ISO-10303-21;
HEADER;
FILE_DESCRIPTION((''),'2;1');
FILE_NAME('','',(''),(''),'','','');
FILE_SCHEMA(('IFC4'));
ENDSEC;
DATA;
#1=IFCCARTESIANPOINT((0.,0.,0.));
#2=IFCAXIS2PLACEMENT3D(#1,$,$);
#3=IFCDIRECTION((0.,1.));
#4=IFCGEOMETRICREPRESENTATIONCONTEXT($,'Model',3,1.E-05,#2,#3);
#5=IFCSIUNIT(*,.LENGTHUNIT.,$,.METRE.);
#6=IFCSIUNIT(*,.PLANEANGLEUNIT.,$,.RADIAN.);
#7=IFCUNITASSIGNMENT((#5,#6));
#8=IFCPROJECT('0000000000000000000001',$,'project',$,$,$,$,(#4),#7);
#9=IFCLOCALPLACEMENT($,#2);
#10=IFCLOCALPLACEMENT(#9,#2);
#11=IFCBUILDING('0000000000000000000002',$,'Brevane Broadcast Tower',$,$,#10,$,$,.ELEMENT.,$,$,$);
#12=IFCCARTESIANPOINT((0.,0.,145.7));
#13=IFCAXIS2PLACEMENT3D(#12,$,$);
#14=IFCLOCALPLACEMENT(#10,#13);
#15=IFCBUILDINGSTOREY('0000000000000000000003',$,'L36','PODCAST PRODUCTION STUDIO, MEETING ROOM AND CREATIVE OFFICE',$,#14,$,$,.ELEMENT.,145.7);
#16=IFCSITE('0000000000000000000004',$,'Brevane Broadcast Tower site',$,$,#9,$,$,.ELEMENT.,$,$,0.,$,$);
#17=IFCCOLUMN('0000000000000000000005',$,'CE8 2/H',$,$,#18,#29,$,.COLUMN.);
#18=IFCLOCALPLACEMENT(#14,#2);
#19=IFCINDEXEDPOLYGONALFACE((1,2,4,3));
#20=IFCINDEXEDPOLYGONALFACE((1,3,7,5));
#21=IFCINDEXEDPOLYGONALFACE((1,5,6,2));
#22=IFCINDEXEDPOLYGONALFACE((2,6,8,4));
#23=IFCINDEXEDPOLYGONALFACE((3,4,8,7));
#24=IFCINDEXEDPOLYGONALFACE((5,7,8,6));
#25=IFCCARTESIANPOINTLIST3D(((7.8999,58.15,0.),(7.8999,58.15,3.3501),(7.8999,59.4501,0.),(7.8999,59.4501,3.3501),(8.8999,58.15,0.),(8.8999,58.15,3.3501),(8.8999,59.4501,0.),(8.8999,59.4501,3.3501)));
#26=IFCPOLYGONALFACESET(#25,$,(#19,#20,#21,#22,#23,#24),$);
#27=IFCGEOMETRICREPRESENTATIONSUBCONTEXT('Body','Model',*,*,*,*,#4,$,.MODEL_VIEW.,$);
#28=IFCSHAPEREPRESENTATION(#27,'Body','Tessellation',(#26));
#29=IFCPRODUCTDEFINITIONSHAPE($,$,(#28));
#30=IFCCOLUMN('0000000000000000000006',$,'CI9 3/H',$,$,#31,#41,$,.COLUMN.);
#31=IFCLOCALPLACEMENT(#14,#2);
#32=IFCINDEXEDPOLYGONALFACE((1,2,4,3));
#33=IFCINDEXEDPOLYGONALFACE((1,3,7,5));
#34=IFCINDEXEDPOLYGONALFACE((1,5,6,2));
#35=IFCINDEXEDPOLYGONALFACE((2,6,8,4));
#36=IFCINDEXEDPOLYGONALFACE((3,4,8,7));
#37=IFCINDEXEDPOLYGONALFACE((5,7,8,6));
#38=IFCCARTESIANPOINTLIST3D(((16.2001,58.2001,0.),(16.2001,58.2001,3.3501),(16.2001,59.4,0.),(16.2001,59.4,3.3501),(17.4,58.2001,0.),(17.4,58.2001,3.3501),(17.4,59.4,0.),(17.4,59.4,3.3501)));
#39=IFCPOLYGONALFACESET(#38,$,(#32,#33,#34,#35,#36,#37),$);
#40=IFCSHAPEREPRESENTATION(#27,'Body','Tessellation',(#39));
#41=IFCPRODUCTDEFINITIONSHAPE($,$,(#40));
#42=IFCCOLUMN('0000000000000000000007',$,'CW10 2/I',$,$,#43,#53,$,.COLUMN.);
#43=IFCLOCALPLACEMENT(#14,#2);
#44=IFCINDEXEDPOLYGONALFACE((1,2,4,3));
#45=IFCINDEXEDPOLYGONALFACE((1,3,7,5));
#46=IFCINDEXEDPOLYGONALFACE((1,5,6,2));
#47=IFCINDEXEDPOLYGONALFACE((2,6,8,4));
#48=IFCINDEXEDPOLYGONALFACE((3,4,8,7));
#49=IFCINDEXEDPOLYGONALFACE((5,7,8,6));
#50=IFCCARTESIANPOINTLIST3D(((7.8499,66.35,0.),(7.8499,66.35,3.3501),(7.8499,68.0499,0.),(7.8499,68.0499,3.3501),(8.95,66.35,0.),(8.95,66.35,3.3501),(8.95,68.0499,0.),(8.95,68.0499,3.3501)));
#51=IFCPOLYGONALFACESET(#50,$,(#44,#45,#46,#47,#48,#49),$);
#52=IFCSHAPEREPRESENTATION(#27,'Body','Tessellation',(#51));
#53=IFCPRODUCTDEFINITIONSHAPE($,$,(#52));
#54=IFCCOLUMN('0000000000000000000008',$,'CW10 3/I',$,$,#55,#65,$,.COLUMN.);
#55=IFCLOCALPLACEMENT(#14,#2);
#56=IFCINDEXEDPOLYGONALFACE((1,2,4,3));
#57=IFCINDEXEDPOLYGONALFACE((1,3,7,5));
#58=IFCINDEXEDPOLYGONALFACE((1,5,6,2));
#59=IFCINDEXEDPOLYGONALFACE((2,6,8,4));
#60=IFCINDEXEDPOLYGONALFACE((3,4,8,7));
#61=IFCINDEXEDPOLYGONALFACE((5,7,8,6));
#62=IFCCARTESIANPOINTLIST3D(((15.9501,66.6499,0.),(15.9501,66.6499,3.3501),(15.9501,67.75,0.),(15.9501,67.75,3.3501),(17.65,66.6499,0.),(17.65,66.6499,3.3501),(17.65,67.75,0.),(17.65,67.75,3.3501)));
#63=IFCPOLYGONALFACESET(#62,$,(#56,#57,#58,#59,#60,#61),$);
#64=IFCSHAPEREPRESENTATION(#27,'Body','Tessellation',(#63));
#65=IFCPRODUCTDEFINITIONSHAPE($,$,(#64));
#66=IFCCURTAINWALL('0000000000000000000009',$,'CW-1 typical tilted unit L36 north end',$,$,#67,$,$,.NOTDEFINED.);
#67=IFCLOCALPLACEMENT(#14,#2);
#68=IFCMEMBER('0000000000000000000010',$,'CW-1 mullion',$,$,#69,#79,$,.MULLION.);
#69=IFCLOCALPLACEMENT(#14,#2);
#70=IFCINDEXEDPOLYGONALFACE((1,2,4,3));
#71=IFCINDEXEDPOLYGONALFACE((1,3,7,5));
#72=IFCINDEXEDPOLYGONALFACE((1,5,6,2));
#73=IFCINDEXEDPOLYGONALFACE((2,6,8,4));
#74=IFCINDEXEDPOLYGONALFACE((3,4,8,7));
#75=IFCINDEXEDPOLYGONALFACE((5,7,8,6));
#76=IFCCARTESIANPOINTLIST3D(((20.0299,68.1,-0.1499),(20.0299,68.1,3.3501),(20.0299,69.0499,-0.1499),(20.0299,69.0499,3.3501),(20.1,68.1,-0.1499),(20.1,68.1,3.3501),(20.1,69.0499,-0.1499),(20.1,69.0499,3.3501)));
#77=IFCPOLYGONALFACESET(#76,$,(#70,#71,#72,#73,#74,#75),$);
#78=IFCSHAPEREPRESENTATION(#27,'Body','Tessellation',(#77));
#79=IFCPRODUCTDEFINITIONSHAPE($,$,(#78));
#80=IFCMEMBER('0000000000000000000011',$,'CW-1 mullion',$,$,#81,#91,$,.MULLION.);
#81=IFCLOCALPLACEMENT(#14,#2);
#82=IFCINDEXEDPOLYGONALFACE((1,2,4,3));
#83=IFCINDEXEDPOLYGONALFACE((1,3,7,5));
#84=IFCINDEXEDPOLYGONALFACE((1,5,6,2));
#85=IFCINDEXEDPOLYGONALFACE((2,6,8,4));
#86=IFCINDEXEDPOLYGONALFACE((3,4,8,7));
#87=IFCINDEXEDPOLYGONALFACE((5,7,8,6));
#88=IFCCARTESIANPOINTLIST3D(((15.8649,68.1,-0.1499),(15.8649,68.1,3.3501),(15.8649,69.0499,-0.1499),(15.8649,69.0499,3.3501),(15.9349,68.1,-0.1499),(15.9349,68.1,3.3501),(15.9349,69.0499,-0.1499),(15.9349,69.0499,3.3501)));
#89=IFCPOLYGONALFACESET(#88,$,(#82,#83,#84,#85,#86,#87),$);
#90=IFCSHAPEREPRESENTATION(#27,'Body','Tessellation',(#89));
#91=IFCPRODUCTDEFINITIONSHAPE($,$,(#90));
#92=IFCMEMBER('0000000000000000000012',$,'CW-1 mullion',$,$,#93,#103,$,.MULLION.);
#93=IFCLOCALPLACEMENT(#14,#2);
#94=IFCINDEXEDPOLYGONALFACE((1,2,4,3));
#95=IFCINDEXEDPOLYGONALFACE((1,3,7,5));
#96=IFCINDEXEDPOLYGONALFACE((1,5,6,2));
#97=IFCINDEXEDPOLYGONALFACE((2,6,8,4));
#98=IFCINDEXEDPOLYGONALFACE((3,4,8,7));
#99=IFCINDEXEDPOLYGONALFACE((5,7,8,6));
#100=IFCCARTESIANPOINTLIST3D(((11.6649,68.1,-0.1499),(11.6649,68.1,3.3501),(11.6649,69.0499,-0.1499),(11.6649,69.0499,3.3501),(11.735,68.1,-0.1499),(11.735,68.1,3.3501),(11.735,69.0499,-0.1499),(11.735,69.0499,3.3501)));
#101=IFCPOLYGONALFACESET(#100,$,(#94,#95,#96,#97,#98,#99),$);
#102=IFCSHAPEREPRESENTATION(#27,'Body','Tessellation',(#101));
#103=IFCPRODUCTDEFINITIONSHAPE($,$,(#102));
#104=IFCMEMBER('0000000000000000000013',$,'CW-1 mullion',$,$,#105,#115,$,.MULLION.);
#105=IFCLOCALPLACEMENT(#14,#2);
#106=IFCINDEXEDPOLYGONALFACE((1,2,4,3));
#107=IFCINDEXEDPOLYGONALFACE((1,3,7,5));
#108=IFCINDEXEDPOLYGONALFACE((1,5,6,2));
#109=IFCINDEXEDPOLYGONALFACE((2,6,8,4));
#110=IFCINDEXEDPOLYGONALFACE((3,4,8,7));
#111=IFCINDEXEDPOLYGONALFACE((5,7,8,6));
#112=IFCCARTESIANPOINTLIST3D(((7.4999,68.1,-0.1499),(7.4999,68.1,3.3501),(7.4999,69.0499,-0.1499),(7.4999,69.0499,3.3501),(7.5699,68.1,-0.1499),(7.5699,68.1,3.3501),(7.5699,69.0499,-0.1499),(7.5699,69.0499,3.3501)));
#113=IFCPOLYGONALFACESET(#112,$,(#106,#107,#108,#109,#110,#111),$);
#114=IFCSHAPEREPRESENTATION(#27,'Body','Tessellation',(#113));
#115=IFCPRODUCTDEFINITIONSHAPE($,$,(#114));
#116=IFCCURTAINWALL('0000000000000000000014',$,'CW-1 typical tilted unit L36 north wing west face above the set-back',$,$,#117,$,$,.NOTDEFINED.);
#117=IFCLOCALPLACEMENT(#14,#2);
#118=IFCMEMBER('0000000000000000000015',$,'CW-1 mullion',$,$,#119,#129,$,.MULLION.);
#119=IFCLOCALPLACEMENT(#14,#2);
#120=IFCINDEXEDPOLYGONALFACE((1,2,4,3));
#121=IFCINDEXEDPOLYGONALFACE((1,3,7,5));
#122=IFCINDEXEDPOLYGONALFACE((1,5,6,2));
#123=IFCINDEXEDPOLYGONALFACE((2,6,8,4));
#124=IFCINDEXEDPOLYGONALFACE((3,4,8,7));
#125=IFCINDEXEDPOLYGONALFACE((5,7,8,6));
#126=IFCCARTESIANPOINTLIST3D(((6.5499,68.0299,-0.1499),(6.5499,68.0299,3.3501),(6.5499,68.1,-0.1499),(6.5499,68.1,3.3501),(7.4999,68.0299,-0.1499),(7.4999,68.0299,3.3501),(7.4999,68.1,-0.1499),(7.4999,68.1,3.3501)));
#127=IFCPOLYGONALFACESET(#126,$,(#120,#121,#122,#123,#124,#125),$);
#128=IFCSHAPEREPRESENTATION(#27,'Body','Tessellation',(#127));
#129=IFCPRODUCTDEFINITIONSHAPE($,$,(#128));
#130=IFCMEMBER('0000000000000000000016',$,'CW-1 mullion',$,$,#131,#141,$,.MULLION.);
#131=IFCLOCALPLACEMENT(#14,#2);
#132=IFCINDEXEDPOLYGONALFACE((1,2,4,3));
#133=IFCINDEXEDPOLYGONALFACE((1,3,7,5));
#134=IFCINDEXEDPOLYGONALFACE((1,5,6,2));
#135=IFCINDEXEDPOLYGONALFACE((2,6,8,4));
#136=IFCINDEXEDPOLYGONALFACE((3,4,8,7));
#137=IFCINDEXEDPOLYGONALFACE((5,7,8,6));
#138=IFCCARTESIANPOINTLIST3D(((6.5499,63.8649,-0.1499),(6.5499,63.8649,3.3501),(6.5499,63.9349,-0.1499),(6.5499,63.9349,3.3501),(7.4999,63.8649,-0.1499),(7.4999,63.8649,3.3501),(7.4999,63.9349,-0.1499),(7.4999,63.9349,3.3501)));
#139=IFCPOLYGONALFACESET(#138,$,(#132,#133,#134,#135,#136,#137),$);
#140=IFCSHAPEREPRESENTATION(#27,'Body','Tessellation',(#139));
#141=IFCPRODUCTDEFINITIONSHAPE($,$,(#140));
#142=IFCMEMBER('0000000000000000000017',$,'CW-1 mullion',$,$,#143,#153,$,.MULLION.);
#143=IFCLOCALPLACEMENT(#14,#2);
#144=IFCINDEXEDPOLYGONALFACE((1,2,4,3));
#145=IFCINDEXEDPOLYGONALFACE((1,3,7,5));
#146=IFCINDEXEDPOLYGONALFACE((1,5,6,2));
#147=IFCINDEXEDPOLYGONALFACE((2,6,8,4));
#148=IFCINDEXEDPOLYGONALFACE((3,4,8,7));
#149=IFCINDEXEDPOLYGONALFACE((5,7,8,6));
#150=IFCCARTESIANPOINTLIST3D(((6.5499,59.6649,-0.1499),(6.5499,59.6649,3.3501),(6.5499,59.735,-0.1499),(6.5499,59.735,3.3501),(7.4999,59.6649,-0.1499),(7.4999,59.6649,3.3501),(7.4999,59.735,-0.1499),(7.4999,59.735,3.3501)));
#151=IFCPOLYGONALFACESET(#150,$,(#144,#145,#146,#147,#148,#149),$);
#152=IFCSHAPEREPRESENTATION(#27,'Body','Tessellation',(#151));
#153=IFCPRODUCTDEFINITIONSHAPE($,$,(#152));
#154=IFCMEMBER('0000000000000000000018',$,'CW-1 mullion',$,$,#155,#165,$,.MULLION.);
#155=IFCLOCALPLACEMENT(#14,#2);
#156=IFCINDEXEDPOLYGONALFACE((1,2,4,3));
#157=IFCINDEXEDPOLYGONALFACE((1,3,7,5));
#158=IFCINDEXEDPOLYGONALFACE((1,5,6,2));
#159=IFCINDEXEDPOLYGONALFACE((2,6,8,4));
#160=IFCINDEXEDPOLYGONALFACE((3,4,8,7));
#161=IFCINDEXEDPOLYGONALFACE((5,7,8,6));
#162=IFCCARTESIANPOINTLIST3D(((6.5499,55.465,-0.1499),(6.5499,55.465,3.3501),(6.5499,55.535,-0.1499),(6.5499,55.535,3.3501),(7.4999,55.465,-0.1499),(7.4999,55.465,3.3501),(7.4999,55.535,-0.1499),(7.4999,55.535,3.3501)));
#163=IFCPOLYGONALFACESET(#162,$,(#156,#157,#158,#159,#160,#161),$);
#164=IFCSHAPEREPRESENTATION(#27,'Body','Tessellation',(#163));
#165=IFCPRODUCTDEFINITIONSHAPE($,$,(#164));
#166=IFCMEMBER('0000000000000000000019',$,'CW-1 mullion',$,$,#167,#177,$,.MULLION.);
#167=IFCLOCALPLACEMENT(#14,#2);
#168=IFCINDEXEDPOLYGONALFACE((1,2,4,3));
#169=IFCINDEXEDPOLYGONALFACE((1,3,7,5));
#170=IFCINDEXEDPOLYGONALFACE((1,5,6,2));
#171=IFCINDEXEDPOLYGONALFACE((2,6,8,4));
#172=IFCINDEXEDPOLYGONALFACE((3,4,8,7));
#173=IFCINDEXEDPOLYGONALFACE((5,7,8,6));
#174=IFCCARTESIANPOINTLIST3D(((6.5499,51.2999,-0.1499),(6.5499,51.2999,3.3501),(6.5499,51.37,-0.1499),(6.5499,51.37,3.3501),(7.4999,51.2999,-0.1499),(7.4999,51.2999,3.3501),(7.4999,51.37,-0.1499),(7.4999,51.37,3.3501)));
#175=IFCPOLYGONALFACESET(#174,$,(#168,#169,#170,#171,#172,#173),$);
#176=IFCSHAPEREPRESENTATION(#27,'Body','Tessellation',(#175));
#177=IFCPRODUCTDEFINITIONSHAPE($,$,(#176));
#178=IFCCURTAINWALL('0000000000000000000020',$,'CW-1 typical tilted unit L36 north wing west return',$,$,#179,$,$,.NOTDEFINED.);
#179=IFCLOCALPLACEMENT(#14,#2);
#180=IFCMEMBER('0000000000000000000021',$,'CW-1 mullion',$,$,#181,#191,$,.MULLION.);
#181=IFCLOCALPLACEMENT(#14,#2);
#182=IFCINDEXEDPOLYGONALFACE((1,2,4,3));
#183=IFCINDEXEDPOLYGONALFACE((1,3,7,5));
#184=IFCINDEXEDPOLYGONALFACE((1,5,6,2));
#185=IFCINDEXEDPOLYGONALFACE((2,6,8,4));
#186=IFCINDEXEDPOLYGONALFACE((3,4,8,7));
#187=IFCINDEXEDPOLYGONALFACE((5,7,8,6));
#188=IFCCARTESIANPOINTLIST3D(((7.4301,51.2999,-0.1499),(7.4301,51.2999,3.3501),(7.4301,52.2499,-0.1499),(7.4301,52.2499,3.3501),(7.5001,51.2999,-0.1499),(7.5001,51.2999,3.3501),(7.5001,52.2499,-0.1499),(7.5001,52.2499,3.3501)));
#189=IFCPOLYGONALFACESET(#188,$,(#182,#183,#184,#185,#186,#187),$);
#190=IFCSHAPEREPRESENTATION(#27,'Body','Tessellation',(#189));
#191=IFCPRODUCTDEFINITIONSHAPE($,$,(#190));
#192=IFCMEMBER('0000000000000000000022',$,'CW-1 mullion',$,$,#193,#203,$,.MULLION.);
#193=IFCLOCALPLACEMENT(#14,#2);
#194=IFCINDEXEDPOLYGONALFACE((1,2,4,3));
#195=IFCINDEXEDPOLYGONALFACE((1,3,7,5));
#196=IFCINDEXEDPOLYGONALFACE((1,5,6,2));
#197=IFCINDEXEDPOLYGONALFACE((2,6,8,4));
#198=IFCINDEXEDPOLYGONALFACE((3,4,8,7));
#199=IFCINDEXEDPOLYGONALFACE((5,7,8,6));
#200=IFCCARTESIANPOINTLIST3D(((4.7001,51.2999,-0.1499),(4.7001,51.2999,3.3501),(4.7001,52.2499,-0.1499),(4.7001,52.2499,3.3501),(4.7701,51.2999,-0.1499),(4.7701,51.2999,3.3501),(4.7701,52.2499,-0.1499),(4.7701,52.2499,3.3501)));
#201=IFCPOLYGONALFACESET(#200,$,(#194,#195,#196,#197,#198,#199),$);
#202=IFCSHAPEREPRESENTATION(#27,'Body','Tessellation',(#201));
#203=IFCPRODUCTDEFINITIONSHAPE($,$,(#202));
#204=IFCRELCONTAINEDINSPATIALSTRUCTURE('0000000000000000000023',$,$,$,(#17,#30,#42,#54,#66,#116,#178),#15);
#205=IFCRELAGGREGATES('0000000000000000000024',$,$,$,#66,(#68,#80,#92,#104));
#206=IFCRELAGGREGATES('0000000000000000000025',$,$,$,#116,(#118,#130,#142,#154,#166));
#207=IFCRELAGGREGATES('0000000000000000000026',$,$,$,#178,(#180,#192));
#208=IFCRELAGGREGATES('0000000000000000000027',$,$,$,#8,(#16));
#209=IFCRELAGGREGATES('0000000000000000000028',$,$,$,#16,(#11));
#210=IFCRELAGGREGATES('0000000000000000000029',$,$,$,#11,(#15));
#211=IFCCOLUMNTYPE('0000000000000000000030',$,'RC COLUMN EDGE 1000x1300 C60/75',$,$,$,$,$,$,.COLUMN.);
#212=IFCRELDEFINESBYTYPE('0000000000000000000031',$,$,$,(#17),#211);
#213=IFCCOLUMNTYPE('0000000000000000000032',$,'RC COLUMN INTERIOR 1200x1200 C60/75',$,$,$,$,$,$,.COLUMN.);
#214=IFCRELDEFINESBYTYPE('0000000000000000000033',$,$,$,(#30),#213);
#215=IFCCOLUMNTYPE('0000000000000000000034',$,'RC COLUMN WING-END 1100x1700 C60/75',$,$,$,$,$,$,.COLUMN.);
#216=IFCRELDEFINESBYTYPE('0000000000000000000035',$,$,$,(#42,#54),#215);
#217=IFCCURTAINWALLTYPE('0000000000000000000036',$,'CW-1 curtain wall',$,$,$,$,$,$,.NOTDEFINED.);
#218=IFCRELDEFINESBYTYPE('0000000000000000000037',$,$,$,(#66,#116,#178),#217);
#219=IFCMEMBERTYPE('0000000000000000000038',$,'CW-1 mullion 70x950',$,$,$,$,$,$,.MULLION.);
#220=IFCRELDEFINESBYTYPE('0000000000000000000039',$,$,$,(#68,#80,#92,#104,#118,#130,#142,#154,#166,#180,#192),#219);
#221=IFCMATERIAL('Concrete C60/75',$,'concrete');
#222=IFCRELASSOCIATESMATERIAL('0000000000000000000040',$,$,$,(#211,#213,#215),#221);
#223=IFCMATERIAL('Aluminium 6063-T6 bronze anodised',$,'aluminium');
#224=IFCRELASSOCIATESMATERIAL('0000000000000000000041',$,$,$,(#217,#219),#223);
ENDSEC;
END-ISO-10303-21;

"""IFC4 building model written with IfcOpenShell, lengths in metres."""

from ifc_helpers import new_model, si_unit, direction, frame, origin, origin_2d, place, context, subcontext, project, spatial, rectangle, extrude, material, material_profile, profile_set, type_object, element, aggregate, save


model = new_model("IFC4")

# Units and contexts
model_context = context("Model", 3, precision=1e-05, world=origin(), true_north=direction((0.0, 1.0)))
body_context = subcontext(model_context, "Body", "Model", "MODEL_VIEW")
ifc_project = project(units=[si_unit("LENGTHUNIT", "METRE"), si_unit("PLANEANGLEUNIT", "RADIAN")], contexts=[model_context])

# Site, building, storey
site_placement = place(None, origin())
site = spatial("IfcSite", under=ifc_project, at=site_placement, Name="Brevane Broadcast Tower site", CompositionType="ELEMENT", RefElevation=0.0)
building_placement = place(site_placement, origin())
building = spatial("IfcBuilding", under=site, at=building_placement, Name="Brevane Broadcast Tower", CompositionType="ELEMENT")
storey_placement = place(building_placement, frame((0.0, 0.0, 145.7)))
storey = spatial("IfcBuildingStorey", under=building, at=storey_placement, Name="L36", Description="PODCAST PRODUCTION STUDIO, MEETING ROOM AND CREATIVE OFFICE", CompositionType="ELEMENT", Elevation=145.7)

# Columns
ifc_material_1 = material(Name="Concrete C60/75", Category="concrete")
ifc_material_profile_1 = material_profile(ifc_material_1, rectangle(XDim=1.0, YDim=1.3, at=origin_2d()), Name="RC 1000x1300")
ifc_profile_set_1 = profile_set([ifc_material_profile_1], Name="Concrete C60/75")
column_type_1 = type_object("IfcColumnType", Name="RC COLUMN EDGE 1000x1300 C60/75", PredefinedType="COLUMN", material=ifc_profile_set_1)
column_1_placement = place(storey_placement, frame((8.3999, 58.8, 0.0), z_axis=(0.0, 0.0, 1.0), x_axis=(1.0, 0.0, 0.0)))
element("IfcColumn", 1, at=column_1_placement, inside=storey, type_object=column_type_1, Name="CE8 2/H", PredefinedType="COLUMN", context=body_context, shape_type="SweptSolid", body=[
    extrude(rectangle(XDim=1.0, YDim=1.3, at=origin_2d()), origin(), (0.0, 0.0, 1.0), 3.3501),
])
ifc_material_profile_2 = material_profile(ifc_material_1, rectangle(XDim=1.2, YDim=1.2, at=origin_2d()), Name="RC 1200x1200")
ifc_profile_set_2 = profile_set([ifc_material_profile_2], Name="Concrete C60/75")
column_type_2 = type_object("IfcColumnType", Name="RC COLUMN INTERIOR 1200x1200 C60/75", PredefinedType="COLUMN", material=ifc_profile_set_2)
column_2_placement = place(storey_placement, frame((16.8, 58.8, 0.0), z_axis=(0.0, 0.0, 1.0), x_axis=(1.0, 0.0, 0.0)))
element("IfcColumn", 2, at=column_2_placement, inside=storey, type_object=column_type_2, Name="CI9 3/H", PredefinedType="COLUMN", context=body_context, shape_type="SweptSolid", body=[
    extrude(rectangle(XDim=1.2, YDim=1.2, at=origin_2d()), origin(), (0.0, 0.0, 1.0), 3.3501),
])
ifc_material_profile_3 = material_profile(ifc_material_1, rectangle(XDim=1.1001, YDim=1.7, at=origin_2d()), Name="RC 1100x1700")
ifc_profile_set_3 = profile_set([ifc_material_profile_3], Name="Concrete C60/75")
column_type_3 = type_object("IfcColumnType", Name="RC COLUMN WING-END 1100x1700 C60/75", PredefinedType="COLUMN", material=ifc_profile_set_3)
for number, where, z_axis, x_axis, name in (
    (3, (8.3999, 67.2, 0.0), (0.0, 0.0, 1.0), (1.0, 0.0, 0.0), "CW10 2/I"),
    (4, (16.8, 67.2, 0.0), (0.0, 0.0, 1.0), (0.0, 1.0, 0.0), "CW10 3/I"),
):
    element("IfcColumn", number, at=place(storey_placement, frame(where, z_axis=z_axis, x_axis=x_axis)), inside=storey, type_object=column_type_3, Name=name, PredefinedType="COLUMN", context=body_context, shape_type="SweptSolid", body=[
        extrude(rectangle(XDim=1.1001, YDim=1.7, at=origin_2d()), origin(), (0.0, 0.0, 1.0), 3.3501),
    ])

# Curtain walls, members
ifc_material_2 = material(Name="Aluminium 6063-T6 bronze anodised", Category="aluminium")
curtain_wall_type = type_object("IfcCurtainWallType", Name="CW-1 curtain wall", PredefinedType="NOTDEFINED", material=ifc_material_2)
curtain_wall_1_placement = place(storey_placement, origin())
curtain_wall_1 = element("IfcCurtainWall", 5, at=curtain_wall_1_placement, inside=storey, type_object=curtain_wall_type, Name="CW-1 typical tilted unit L36 north end", PredefinedType="NOTDEFINED")
ifc_material_profile_4 = material_profile(ifc_material_2, rectangle(XDim=0.95, YDim=0.0701, at=origin_2d()), Name="RECT 70x950")
ifc_profile_set_4 = profile_set([ifc_material_profile_4], Name="Aluminium 6063-T6 bronze anodised")
member_type_1 = type_object("IfcMemberType", Name="CW-1 mullion 70x950", PredefinedType="MULLION", material=ifc_profile_set_4)
member_1_placement = place(storey_placement, frame((20.0649, 68.575, -0.1499), z_axis=(0.0, 0.0, 1.0), x_axis=(0.0, -1.0, 0.0)))
member_1 = element("IfcMember", 6, at=member_1_placement, type_object=member_type_1, Name="CW-1 mullion", PredefinedType="MULLION", context=body_context, shape_type="SweptSolid", body=[
    extrude(rectangle(XDim=0.95, YDim=0.0701, at=origin_2d()), origin(), (0.0, 0.0, 1.0), 3.5),
])
member_2_placement = place(storey_placement, frame((15.8999, 68.575, -0.1499), z_axis=(0.0, 0.0, 1.0), x_axis=(0.0, -1.0, 0.0)))
member_2 = element("IfcMember", 7, at=member_2_placement, type_object=member_type_1, Name="CW-1 mullion", PredefinedType="MULLION", context=body_context, shape_type="SweptSolid", body=[
    extrude(rectangle(XDim=0.95, YDim=0.0701, at=origin_2d()), origin(), (0.0, 0.0, 1.0), 3.5),
])
member_3_placement = place(storey_placement, frame((11.7, 68.575, -0.1499), z_axis=(0.0, 0.0, 1.0), x_axis=(0.0, -1.0, 0.0)))
member_3 = element("IfcMember", 8, at=member_3_placement, type_object=member_type_1, Name="CW-1 mullion", PredefinedType="MULLION", context=body_context, shape_type="SweptSolid", body=[
    extrude(rectangle(XDim=0.95, YDim=0.0701, at=origin_2d()), origin(), (0.0, 0.0, 1.0), 3.5),
])
member_4_placement = place(storey_placement, frame((7.5349, 68.575, -0.1499), z_axis=(0.0, 0.0, 1.0), x_axis=(0.0, -1.0, 0.0)))
member_4 = element("IfcMember", 9, at=member_4_placement, type_object=member_type_1, Name="CW-1 mullion", PredefinedType="MULLION", context=body_context, shape_type="SweptSolid", body=[
    extrude(rectangle(XDim=0.95, YDim=0.0701, at=origin_2d()), origin(), (0.0, 0.0, 1.0), 3.5),
])
curtain_wall_2_placement = place(storey_placement, origin())
curtain_wall_2 = element("IfcCurtainWall", 10, at=curtain_wall_2_placement, inside=storey, type_object=curtain_wall_type, Name="CW-1 typical tilted unit L36 north wing west face above the set-back", PredefinedType="NOTDEFINED")
member_5_placement = place(storey_placement, frame((7.0249, 68.0649, -0.1499), z_axis=(0.0, 0.0, 1.0), x_axis=(1.0, 0.0, 0.0)))
member_5 = element("IfcMember", 11, at=member_5_placement, type_object=member_type_1, Name="CW-1 mullion", PredefinedType="MULLION", context=body_context, shape_type="SweptSolid", body=[
    extrude(rectangle(XDim=0.95, YDim=0.0701, at=origin_2d()), origin(), (0.0, 0.0, 1.0), 3.5),
])
member_6_placement = place(storey_placement, frame((7.0249, 63.8999, -0.1499), z_axis=(0.0, 0.0, 1.0), x_axis=(1.0, 0.0, 0.0)))
member_6 = element("IfcMember", 12, at=member_6_placement, type_object=member_type_1, Name="CW-1 mullion", PredefinedType="MULLION", context=body_context, shape_type="SweptSolid", body=[
    extrude(rectangle(XDim=0.95, YDim=0.0701, at=origin_2d()), origin(), (0.0, 0.0, 1.0), 3.5),
])
member_7_placement = place(storey_placement, frame((7.0249, 59.7, -0.1499), z_axis=(0.0, 0.0, 1.0), x_axis=(1.0, 0.0, 0.0)))
member_7 = element("IfcMember", 13, at=member_7_placement, type_object=member_type_1, Name="CW-1 mullion", PredefinedType="MULLION", context=body_context, shape_type="SweptSolid", body=[
    extrude(rectangle(XDim=0.95, YDim=0.0701, at=origin_2d()), origin(), (0.0, 0.0, 1.0), 3.5),
])
member_8_placement = place(storey_placement, frame((7.0249, 55.5, -0.1499), z_axis=(0.0, 0.0, 1.0), x_axis=(1.0, 0.0, 0.0)))
member_8 = element("IfcMember", 14, at=member_8_placement, type_object=member_type_1, Name="CW-1 mullion", PredefinedType="MULLION", context=body_context, shape_type="SweptSolid", body=[
    extrude(rectangle(XDim=0.95, YDim=0.0701, at=origin_2d()), origin(), (0.0, 0.0, 1.0), 3.5),
])
member_9_placement = place(storey_placement, frame((7.0249, 51.335, -0.1499), z_axis=(0.0, 0.0, 1.0), x_axis=(1.0, 0.0, 0.0)))
member_9 = element("IfcMember", 15, at=member_9_placement, type_object=member_type_1, Name="CW-1 mullion", PredefinedType="MULLION", context=body_context, shape_type="SweptSolid", body=[
    extrude(rectangle(XDim=0.95, YDim=0.0701, at=origin_2d()), origin(), (0.0, 0.0, 1.0), 3.5),
])
curtain_wall_3_placement = place(storey_placement, origin())
curtain_wall_3 = element("IfcCurtainWall", 16, at=curtain_wall_3_placement, inside=storey, type_object=curtain_wall_type, Name="CW-1 typical tilted unit L36 north wing west return", PredefinedType="NOTDEFINED")
member_10_placement = place(storey_placement, frame((7.4651, 51.7749, -0.1499), z_axis=(0.0, 0.0, 1.0), x_axis=(0.0, -1.0, 0.0)))
member_10 = element("IfcMember", 17, at=member_10_placement, type_object=member_type_1, Name="CW-1 mullion", PredefinedType="MULLION", context=body_context, shape_type="SweptSolid", body=[
    extrude(rectangle(XDim=0.95, YDim=0.0701, at=origin_2d()), origin(), (0.0, 0.0, 1.0), 3.5),
])
member_11_placement = place(storey_placement, frame((4.7351, 51.7749, -0.1499), z_axis=(0.0, 0.0, 1.0), x_axis=(0.0, -1.0, 0.0)))
member_11 = element("IfcMember", 18, at=member_11_placement, type_object=member_type_1, Name="CW-1 mullion", PredefinedType="MULLION", context=body_context, shape_type="SweptSolid", body=[
    extrude(rectangle(XDim=0.95, YDim=0.0701, at=origin_2d()), origin(), (0.0, 0.0, 1.0), 3.5),
])

aggregate(curtain_wall_1, [member_1, member_2, member_3, member_4])
aggregate(curtain_wall_2, [member_5, member_6, member_7, member_8, member_9])
aggregate(curtain_wall_3, [member_10, member_11])

save(model, "model.ifc")
